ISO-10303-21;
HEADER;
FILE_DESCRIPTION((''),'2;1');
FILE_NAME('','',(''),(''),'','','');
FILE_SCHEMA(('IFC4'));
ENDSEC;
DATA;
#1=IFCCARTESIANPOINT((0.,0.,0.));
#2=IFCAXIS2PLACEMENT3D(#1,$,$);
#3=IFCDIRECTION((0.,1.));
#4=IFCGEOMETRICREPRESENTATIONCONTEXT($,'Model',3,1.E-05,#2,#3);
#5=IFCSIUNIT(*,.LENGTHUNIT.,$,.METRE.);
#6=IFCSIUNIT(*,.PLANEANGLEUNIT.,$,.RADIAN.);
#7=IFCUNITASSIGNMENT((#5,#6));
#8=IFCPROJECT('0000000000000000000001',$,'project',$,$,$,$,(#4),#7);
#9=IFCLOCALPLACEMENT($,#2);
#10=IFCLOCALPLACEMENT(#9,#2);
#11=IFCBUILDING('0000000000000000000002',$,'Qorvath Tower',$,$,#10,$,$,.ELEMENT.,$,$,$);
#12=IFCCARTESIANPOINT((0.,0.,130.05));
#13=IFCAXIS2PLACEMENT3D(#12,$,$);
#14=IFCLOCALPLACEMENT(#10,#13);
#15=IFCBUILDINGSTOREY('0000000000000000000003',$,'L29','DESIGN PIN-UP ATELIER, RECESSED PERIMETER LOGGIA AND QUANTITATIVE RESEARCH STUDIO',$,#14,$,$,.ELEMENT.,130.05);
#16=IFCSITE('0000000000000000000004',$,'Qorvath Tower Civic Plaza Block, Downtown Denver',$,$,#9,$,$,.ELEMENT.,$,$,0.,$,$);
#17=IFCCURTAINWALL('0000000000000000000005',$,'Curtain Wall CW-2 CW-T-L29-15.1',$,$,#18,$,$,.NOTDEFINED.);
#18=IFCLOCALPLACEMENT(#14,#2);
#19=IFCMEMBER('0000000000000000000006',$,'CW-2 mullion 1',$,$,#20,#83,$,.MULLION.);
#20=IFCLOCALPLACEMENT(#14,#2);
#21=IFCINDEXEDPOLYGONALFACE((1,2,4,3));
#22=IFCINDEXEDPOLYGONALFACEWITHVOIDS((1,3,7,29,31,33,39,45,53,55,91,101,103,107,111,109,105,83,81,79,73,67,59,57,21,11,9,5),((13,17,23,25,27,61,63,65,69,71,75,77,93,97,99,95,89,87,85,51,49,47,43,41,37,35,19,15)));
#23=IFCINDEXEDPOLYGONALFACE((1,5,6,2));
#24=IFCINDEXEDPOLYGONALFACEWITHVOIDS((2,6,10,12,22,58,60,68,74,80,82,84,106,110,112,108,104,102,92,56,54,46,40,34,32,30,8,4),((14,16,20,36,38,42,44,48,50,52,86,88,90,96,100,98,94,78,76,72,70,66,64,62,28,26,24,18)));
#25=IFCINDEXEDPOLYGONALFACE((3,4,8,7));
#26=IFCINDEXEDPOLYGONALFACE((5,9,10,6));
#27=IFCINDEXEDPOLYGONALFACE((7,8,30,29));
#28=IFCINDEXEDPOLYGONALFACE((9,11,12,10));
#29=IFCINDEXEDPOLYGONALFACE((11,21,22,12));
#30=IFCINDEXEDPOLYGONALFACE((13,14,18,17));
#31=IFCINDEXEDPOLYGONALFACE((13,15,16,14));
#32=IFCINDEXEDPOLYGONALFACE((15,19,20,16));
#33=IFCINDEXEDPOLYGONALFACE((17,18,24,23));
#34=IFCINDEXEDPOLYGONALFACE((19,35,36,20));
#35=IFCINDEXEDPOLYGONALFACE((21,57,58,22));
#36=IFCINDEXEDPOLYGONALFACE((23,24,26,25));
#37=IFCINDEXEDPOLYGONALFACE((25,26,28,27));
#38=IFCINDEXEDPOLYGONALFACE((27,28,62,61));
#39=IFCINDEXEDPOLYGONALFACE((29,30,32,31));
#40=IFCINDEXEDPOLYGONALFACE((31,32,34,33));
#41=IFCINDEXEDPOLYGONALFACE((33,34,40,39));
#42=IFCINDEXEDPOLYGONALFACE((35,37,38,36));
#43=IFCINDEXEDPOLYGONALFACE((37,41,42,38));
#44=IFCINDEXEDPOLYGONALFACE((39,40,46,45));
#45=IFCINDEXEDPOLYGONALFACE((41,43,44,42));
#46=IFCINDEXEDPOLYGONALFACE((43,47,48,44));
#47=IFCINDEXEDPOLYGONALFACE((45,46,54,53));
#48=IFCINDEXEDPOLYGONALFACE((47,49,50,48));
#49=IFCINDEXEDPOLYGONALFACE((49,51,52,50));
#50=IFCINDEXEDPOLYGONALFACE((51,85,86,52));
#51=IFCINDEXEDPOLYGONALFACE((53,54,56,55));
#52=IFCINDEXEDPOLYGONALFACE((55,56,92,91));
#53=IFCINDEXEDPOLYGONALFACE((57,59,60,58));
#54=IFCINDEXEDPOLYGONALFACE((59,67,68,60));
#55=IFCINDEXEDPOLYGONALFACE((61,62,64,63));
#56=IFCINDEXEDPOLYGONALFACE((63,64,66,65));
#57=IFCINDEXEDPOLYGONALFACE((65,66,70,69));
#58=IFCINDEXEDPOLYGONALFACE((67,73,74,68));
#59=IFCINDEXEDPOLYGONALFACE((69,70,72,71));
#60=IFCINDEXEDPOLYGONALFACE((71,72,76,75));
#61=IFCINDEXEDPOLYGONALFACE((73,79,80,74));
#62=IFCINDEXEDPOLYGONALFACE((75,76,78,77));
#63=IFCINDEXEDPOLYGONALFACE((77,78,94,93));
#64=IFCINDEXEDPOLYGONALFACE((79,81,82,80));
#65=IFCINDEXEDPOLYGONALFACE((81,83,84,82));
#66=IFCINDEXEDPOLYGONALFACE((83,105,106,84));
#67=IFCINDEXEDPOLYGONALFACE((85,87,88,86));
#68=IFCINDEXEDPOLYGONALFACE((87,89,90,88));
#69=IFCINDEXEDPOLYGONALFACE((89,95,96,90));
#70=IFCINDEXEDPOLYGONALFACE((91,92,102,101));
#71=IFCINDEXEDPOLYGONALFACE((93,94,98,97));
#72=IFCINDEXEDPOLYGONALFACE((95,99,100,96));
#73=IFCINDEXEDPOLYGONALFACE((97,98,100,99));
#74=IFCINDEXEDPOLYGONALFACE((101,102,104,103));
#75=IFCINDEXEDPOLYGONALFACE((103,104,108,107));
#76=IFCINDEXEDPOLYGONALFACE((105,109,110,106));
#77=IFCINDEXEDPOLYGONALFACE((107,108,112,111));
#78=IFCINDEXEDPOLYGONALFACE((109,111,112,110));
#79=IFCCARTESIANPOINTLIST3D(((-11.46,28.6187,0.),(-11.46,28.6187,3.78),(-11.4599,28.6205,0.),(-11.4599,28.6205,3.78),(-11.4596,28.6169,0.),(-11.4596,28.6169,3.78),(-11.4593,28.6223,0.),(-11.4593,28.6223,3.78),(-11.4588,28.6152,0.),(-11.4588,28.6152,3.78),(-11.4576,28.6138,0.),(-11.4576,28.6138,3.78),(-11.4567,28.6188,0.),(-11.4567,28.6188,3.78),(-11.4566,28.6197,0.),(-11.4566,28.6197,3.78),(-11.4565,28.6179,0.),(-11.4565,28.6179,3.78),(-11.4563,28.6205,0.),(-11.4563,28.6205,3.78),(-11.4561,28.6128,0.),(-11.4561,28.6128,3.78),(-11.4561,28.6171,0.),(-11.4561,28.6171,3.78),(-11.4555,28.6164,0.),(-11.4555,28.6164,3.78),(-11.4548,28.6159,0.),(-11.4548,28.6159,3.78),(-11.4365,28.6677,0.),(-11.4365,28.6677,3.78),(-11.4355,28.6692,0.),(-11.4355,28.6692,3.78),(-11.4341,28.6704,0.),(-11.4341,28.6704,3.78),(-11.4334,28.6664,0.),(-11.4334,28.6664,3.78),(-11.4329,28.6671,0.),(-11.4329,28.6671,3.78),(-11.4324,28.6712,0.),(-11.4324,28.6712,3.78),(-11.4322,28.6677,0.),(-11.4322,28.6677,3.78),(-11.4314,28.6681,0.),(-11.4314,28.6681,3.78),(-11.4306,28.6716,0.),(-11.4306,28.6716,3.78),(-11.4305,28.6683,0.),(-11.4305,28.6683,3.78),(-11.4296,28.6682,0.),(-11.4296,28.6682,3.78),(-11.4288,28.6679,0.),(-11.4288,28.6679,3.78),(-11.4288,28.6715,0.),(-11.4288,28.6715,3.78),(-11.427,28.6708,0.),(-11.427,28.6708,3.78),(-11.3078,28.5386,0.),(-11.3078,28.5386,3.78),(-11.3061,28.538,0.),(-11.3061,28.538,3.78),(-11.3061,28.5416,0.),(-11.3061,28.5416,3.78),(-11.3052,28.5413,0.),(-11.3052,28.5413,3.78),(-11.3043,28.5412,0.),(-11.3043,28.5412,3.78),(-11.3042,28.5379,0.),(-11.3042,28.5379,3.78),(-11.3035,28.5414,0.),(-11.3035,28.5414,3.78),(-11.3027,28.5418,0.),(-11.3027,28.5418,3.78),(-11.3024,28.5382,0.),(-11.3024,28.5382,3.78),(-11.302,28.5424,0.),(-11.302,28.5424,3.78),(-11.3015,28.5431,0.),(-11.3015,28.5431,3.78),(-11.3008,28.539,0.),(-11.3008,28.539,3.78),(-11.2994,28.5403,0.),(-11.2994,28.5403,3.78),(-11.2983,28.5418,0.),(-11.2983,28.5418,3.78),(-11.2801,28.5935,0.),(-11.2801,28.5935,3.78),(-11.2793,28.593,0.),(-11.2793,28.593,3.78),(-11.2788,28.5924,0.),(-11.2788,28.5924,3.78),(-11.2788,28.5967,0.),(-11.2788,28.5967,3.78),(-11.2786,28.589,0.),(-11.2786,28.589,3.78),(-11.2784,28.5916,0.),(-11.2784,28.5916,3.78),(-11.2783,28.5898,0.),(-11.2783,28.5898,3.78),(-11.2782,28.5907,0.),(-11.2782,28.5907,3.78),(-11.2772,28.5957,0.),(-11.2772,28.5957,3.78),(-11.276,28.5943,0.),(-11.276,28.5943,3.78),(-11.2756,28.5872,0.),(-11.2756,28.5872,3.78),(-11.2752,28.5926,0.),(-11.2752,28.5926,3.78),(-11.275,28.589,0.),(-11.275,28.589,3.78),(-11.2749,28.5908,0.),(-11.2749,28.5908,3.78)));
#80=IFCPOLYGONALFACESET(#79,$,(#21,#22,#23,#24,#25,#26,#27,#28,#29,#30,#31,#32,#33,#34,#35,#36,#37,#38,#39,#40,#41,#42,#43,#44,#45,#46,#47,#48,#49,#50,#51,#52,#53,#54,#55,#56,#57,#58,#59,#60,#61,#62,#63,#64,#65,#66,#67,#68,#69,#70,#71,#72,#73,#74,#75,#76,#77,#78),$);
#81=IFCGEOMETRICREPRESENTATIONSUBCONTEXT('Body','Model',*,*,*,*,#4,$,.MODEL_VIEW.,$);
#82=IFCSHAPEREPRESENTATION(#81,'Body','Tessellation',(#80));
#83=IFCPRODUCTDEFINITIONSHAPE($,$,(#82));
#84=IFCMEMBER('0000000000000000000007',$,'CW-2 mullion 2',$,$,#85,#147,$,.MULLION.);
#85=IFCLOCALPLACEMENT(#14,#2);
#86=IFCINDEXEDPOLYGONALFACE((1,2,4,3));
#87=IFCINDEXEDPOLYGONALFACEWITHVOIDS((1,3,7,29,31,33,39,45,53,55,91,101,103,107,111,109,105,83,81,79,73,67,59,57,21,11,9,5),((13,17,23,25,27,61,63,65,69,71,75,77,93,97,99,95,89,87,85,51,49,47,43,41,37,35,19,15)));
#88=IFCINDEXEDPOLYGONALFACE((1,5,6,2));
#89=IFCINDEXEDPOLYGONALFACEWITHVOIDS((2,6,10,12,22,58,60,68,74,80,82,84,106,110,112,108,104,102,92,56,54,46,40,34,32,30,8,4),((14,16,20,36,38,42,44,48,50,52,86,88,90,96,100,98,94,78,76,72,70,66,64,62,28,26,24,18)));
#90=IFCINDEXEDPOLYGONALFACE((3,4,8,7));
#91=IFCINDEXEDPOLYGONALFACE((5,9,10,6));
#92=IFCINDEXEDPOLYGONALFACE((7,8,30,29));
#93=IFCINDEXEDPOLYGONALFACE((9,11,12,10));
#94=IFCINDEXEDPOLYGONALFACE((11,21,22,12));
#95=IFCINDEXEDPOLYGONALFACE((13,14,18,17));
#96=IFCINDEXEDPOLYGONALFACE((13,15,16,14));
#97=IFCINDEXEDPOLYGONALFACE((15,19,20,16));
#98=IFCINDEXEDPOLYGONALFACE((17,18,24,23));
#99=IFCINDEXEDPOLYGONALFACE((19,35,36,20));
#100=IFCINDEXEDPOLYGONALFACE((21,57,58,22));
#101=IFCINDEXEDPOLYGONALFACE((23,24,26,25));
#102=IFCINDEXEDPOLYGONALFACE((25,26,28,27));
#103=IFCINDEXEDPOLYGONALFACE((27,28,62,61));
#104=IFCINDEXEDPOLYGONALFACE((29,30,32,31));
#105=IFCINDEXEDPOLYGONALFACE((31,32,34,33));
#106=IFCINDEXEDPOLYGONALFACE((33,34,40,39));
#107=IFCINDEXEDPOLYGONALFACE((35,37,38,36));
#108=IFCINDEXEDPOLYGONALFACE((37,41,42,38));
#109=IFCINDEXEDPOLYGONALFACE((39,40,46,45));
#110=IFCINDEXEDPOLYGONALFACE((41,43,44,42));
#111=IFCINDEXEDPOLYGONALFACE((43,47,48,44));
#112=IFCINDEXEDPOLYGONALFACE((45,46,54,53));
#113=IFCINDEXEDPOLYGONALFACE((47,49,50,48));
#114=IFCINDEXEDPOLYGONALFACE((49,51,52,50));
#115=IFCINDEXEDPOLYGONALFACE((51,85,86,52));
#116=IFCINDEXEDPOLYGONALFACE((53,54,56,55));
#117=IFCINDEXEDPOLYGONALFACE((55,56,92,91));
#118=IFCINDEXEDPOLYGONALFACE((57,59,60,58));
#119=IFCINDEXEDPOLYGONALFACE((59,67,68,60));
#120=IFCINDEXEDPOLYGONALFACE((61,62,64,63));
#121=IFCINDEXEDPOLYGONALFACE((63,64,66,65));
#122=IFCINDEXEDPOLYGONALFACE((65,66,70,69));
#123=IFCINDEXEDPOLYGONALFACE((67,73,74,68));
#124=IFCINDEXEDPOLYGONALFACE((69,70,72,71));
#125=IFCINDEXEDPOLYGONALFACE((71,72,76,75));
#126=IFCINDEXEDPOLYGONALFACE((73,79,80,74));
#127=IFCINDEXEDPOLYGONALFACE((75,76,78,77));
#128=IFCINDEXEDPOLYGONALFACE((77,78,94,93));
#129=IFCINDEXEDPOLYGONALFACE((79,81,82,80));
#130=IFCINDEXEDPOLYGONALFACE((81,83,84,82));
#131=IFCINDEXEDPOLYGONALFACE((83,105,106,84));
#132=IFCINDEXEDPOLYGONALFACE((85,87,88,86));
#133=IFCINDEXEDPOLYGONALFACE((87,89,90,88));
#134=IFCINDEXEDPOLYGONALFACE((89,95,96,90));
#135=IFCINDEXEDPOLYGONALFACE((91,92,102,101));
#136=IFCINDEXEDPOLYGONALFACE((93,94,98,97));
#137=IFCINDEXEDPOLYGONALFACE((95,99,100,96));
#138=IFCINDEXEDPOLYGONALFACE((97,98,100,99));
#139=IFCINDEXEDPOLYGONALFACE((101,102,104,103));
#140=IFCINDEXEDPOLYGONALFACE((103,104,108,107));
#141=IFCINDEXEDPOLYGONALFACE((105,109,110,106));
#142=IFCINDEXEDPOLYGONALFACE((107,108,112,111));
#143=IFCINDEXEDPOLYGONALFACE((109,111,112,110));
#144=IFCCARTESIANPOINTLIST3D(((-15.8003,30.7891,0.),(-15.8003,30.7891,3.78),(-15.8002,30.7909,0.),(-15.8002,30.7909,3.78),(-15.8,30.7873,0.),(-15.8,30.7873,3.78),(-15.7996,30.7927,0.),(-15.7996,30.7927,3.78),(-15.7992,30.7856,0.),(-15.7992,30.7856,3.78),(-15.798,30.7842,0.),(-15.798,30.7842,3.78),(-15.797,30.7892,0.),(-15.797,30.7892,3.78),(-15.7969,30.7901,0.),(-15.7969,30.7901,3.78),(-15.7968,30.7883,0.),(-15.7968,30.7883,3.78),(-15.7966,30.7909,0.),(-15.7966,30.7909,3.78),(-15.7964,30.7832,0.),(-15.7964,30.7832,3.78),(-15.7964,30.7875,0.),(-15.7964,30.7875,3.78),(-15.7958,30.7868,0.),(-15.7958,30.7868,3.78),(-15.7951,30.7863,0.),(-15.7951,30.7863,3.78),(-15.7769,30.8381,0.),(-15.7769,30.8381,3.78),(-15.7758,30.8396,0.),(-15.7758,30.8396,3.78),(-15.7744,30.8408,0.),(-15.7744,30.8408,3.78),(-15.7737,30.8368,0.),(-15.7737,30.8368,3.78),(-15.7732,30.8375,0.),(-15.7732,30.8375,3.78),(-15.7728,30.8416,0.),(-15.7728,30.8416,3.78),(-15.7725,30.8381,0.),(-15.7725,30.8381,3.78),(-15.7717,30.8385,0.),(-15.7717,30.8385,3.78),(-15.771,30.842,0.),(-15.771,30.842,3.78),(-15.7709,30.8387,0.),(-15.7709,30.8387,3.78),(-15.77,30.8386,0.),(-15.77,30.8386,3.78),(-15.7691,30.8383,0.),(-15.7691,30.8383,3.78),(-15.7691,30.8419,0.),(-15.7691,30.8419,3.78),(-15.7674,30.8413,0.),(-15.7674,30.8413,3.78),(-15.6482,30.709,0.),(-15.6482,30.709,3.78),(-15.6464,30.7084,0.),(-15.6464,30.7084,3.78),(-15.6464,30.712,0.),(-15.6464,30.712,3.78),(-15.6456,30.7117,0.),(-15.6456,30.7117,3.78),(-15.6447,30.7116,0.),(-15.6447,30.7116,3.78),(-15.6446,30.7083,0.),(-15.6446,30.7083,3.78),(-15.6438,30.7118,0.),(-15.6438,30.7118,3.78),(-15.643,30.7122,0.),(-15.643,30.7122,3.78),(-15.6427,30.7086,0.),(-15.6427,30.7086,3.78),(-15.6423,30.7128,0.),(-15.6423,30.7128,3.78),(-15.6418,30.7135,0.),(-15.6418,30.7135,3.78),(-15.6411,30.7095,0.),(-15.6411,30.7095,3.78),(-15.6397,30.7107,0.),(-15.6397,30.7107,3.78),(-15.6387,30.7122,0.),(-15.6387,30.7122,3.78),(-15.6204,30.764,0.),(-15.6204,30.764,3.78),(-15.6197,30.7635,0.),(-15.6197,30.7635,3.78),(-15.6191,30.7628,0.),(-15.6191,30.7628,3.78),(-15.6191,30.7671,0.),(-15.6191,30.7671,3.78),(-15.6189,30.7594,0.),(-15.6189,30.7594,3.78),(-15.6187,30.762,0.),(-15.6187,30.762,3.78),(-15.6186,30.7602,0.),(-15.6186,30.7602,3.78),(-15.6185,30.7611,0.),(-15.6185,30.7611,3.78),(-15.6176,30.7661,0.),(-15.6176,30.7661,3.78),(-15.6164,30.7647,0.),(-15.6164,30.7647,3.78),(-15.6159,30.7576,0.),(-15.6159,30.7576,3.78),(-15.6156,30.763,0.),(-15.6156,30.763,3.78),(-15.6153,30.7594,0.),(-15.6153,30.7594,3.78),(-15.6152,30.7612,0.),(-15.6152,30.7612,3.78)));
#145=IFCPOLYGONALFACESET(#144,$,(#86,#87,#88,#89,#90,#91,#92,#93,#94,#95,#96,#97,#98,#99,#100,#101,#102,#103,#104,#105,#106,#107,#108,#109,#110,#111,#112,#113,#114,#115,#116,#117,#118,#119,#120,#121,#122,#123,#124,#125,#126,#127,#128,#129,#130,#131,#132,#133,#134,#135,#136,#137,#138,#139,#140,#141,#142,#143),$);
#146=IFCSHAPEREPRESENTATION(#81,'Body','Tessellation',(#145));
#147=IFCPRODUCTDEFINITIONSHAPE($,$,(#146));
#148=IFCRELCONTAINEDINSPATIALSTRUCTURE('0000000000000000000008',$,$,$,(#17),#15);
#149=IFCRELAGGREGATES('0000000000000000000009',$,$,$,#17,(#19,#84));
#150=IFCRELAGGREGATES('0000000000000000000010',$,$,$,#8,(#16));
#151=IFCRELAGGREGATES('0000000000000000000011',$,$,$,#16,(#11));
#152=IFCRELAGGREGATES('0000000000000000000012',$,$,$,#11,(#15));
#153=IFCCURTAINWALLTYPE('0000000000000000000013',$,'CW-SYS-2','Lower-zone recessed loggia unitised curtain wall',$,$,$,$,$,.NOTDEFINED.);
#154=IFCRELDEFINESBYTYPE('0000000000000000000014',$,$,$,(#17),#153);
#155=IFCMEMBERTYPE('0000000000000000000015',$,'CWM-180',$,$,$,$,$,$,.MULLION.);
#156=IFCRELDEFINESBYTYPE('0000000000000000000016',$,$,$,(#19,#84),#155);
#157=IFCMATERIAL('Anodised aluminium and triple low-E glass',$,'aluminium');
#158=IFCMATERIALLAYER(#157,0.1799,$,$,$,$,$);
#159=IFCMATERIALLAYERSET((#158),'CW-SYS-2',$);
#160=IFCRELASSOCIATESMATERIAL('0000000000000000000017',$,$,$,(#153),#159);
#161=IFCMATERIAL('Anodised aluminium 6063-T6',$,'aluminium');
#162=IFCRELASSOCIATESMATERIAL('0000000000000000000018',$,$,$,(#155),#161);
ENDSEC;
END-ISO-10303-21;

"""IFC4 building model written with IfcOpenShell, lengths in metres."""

from ifc_helpers import new_model, si_unit, direction, frame, origin, origin_2d, place, context, subcontext, project, spatial, hollow_rectangle, extrude, material, layer, layer_set, material_profile, profile_set, type_object, element, aggregate, save


model = new_model("IFC4")

# Units and contexts
model_context = context("Model", 3, precision=1e-05, world=origin(), true_north=direction((0.0, 1.0)))
body_context = subcontext(model_context, "Body", "Model", "MODEL_VIEW")
ifc_project = project(units=[si_unit("LENGTHUNIT", "METRE"), si_unit("PLANEANGLEUNIT", "RADIAN")], contexts=[model_context])

# Site, building, storey
site_placement = place(None, origin())
site = spatial("IfcSite", under=ifc_project, at=site_placement, Name="Qorvath Tower Civic Plaza Block, Downtown Denver", CompositionType="ELEMENT", RefElevation=0.0)
building_placement = place(site_placement, origin())
building = spatial("IfcBuilding", under=site, at=building_placement, Name="Qorvath Tower", CompositionType="ELEMENT")
storey_placement = place(building_placement, frame((0.0, 0.0, 130.05)))
storey = spatial("IfcBuildingStorey", under=building, at=storey_placement, Name="L29", Description="DESIGN PIN-UP ATELIER, RECESSED PERIMETER LOGGIA AND QUANTITATIVE RESEARCH STUDIO", CompositionType="ELEMENT", Elevation=130.05)

# Shared definitions
ifc_material_1 = material(Name="Anodised aluminium and triple low-E glass", Category="aluminium")
ifc_layer_1 = layer(ifc_material_1, 0.1799)
ifc_layer_set_1 = layer_set([ifc_layer_1], Name="CW-SYS-2")
curtain_wall_type = type_object("IfcCurtainWallType", Name="CW-SYS-2", Description="Lower-zone recessed loggia unitised curtain wall", PredefinedType="NOTDEFINED", material=ifc_layer_set_1)
ifc_material_2 = material(Name="Anodised aluminium 6063-T6", Category="aluminium")
ifc_material_profile_1 = material_profile(ifc_material_2, hollow_rectangle(XDim=0.0649, YDim=0.1799, WallThickness=0.0034, InnerFilletRadius=0.0034, OuterFilletRadius=0.0071, at=origin_2d()), Name="CWM 180x65")
ifc_profile_set_1 = profile_set([ifc_material_profile_1], Name="Anodised aluminium 6063-T6")
member_type_1 = type_object("IfcMemberType", Name="CWM-180", PredefinedType="MULLION", material=ifc_profile_set_1)

# Curtain wall, members
curtain_wall_1_placement = place(storey_placement, origin())
curtain_wall_1 = element("IfcCurtainWall", 1, at=curtain_wall_1_placement, inside=storey, type_object=curtain_wall_type, Name="Curtain Wall CW-2 CW-T-L29-15.1", PredefinedType="NOTDEFINED")
member_1_placement = place(storey_placement, frame((-11.3674, 28.6047, 0.0), z_axis=(0.0, 0.0, 1.0), x_axis=(-0.447262, -0.894403, 0.0)))
member_1 = element("IfcMember", 2, at=member_1_placement, type_object=member_type_1, Name="CW-2 mullion 1", PredefinedType="MULLION", context=body_context, shape_type="SweptSolid", body=[
    extrude(hollow_rectangle(XDim=0.0649, YDim=0.1799, WallThickness=0.0034, InnerFilletRadius=0.0034, OuterFilletRadius=0.0071, at=origin_2d()), origin(), (0.0, 0.0, 1.0), 3.78),
])
member_2_placement = place(storey_placement, frame((-15.7078, 30.7751, 0.0), z_axis=(0.0, 0.0, 1.0), x_axis=(-0.447262, -0.894403, 0.0)))
member_2 = element("IfcMember", 3, at=member_2_placement, type_object=member_type_1, Name="CW-2 mullion 2", PredefinedType="MULLION", context=body_context, shape_type="SweptSolid", body=[
    extrude(hollow_rectangle(XDim=0.0649, YDim=0.1799, WallThickness=0.0034, InnerFilletRadius=0.0034, OuterFilletRadius=0.0071, at=origin_2d()), origin(), (0.0, 0.0, 1.0), 3.78),
])

aggregate(curtain_wall_1, [member_1, member_2])

save(model, "model.ifc")
